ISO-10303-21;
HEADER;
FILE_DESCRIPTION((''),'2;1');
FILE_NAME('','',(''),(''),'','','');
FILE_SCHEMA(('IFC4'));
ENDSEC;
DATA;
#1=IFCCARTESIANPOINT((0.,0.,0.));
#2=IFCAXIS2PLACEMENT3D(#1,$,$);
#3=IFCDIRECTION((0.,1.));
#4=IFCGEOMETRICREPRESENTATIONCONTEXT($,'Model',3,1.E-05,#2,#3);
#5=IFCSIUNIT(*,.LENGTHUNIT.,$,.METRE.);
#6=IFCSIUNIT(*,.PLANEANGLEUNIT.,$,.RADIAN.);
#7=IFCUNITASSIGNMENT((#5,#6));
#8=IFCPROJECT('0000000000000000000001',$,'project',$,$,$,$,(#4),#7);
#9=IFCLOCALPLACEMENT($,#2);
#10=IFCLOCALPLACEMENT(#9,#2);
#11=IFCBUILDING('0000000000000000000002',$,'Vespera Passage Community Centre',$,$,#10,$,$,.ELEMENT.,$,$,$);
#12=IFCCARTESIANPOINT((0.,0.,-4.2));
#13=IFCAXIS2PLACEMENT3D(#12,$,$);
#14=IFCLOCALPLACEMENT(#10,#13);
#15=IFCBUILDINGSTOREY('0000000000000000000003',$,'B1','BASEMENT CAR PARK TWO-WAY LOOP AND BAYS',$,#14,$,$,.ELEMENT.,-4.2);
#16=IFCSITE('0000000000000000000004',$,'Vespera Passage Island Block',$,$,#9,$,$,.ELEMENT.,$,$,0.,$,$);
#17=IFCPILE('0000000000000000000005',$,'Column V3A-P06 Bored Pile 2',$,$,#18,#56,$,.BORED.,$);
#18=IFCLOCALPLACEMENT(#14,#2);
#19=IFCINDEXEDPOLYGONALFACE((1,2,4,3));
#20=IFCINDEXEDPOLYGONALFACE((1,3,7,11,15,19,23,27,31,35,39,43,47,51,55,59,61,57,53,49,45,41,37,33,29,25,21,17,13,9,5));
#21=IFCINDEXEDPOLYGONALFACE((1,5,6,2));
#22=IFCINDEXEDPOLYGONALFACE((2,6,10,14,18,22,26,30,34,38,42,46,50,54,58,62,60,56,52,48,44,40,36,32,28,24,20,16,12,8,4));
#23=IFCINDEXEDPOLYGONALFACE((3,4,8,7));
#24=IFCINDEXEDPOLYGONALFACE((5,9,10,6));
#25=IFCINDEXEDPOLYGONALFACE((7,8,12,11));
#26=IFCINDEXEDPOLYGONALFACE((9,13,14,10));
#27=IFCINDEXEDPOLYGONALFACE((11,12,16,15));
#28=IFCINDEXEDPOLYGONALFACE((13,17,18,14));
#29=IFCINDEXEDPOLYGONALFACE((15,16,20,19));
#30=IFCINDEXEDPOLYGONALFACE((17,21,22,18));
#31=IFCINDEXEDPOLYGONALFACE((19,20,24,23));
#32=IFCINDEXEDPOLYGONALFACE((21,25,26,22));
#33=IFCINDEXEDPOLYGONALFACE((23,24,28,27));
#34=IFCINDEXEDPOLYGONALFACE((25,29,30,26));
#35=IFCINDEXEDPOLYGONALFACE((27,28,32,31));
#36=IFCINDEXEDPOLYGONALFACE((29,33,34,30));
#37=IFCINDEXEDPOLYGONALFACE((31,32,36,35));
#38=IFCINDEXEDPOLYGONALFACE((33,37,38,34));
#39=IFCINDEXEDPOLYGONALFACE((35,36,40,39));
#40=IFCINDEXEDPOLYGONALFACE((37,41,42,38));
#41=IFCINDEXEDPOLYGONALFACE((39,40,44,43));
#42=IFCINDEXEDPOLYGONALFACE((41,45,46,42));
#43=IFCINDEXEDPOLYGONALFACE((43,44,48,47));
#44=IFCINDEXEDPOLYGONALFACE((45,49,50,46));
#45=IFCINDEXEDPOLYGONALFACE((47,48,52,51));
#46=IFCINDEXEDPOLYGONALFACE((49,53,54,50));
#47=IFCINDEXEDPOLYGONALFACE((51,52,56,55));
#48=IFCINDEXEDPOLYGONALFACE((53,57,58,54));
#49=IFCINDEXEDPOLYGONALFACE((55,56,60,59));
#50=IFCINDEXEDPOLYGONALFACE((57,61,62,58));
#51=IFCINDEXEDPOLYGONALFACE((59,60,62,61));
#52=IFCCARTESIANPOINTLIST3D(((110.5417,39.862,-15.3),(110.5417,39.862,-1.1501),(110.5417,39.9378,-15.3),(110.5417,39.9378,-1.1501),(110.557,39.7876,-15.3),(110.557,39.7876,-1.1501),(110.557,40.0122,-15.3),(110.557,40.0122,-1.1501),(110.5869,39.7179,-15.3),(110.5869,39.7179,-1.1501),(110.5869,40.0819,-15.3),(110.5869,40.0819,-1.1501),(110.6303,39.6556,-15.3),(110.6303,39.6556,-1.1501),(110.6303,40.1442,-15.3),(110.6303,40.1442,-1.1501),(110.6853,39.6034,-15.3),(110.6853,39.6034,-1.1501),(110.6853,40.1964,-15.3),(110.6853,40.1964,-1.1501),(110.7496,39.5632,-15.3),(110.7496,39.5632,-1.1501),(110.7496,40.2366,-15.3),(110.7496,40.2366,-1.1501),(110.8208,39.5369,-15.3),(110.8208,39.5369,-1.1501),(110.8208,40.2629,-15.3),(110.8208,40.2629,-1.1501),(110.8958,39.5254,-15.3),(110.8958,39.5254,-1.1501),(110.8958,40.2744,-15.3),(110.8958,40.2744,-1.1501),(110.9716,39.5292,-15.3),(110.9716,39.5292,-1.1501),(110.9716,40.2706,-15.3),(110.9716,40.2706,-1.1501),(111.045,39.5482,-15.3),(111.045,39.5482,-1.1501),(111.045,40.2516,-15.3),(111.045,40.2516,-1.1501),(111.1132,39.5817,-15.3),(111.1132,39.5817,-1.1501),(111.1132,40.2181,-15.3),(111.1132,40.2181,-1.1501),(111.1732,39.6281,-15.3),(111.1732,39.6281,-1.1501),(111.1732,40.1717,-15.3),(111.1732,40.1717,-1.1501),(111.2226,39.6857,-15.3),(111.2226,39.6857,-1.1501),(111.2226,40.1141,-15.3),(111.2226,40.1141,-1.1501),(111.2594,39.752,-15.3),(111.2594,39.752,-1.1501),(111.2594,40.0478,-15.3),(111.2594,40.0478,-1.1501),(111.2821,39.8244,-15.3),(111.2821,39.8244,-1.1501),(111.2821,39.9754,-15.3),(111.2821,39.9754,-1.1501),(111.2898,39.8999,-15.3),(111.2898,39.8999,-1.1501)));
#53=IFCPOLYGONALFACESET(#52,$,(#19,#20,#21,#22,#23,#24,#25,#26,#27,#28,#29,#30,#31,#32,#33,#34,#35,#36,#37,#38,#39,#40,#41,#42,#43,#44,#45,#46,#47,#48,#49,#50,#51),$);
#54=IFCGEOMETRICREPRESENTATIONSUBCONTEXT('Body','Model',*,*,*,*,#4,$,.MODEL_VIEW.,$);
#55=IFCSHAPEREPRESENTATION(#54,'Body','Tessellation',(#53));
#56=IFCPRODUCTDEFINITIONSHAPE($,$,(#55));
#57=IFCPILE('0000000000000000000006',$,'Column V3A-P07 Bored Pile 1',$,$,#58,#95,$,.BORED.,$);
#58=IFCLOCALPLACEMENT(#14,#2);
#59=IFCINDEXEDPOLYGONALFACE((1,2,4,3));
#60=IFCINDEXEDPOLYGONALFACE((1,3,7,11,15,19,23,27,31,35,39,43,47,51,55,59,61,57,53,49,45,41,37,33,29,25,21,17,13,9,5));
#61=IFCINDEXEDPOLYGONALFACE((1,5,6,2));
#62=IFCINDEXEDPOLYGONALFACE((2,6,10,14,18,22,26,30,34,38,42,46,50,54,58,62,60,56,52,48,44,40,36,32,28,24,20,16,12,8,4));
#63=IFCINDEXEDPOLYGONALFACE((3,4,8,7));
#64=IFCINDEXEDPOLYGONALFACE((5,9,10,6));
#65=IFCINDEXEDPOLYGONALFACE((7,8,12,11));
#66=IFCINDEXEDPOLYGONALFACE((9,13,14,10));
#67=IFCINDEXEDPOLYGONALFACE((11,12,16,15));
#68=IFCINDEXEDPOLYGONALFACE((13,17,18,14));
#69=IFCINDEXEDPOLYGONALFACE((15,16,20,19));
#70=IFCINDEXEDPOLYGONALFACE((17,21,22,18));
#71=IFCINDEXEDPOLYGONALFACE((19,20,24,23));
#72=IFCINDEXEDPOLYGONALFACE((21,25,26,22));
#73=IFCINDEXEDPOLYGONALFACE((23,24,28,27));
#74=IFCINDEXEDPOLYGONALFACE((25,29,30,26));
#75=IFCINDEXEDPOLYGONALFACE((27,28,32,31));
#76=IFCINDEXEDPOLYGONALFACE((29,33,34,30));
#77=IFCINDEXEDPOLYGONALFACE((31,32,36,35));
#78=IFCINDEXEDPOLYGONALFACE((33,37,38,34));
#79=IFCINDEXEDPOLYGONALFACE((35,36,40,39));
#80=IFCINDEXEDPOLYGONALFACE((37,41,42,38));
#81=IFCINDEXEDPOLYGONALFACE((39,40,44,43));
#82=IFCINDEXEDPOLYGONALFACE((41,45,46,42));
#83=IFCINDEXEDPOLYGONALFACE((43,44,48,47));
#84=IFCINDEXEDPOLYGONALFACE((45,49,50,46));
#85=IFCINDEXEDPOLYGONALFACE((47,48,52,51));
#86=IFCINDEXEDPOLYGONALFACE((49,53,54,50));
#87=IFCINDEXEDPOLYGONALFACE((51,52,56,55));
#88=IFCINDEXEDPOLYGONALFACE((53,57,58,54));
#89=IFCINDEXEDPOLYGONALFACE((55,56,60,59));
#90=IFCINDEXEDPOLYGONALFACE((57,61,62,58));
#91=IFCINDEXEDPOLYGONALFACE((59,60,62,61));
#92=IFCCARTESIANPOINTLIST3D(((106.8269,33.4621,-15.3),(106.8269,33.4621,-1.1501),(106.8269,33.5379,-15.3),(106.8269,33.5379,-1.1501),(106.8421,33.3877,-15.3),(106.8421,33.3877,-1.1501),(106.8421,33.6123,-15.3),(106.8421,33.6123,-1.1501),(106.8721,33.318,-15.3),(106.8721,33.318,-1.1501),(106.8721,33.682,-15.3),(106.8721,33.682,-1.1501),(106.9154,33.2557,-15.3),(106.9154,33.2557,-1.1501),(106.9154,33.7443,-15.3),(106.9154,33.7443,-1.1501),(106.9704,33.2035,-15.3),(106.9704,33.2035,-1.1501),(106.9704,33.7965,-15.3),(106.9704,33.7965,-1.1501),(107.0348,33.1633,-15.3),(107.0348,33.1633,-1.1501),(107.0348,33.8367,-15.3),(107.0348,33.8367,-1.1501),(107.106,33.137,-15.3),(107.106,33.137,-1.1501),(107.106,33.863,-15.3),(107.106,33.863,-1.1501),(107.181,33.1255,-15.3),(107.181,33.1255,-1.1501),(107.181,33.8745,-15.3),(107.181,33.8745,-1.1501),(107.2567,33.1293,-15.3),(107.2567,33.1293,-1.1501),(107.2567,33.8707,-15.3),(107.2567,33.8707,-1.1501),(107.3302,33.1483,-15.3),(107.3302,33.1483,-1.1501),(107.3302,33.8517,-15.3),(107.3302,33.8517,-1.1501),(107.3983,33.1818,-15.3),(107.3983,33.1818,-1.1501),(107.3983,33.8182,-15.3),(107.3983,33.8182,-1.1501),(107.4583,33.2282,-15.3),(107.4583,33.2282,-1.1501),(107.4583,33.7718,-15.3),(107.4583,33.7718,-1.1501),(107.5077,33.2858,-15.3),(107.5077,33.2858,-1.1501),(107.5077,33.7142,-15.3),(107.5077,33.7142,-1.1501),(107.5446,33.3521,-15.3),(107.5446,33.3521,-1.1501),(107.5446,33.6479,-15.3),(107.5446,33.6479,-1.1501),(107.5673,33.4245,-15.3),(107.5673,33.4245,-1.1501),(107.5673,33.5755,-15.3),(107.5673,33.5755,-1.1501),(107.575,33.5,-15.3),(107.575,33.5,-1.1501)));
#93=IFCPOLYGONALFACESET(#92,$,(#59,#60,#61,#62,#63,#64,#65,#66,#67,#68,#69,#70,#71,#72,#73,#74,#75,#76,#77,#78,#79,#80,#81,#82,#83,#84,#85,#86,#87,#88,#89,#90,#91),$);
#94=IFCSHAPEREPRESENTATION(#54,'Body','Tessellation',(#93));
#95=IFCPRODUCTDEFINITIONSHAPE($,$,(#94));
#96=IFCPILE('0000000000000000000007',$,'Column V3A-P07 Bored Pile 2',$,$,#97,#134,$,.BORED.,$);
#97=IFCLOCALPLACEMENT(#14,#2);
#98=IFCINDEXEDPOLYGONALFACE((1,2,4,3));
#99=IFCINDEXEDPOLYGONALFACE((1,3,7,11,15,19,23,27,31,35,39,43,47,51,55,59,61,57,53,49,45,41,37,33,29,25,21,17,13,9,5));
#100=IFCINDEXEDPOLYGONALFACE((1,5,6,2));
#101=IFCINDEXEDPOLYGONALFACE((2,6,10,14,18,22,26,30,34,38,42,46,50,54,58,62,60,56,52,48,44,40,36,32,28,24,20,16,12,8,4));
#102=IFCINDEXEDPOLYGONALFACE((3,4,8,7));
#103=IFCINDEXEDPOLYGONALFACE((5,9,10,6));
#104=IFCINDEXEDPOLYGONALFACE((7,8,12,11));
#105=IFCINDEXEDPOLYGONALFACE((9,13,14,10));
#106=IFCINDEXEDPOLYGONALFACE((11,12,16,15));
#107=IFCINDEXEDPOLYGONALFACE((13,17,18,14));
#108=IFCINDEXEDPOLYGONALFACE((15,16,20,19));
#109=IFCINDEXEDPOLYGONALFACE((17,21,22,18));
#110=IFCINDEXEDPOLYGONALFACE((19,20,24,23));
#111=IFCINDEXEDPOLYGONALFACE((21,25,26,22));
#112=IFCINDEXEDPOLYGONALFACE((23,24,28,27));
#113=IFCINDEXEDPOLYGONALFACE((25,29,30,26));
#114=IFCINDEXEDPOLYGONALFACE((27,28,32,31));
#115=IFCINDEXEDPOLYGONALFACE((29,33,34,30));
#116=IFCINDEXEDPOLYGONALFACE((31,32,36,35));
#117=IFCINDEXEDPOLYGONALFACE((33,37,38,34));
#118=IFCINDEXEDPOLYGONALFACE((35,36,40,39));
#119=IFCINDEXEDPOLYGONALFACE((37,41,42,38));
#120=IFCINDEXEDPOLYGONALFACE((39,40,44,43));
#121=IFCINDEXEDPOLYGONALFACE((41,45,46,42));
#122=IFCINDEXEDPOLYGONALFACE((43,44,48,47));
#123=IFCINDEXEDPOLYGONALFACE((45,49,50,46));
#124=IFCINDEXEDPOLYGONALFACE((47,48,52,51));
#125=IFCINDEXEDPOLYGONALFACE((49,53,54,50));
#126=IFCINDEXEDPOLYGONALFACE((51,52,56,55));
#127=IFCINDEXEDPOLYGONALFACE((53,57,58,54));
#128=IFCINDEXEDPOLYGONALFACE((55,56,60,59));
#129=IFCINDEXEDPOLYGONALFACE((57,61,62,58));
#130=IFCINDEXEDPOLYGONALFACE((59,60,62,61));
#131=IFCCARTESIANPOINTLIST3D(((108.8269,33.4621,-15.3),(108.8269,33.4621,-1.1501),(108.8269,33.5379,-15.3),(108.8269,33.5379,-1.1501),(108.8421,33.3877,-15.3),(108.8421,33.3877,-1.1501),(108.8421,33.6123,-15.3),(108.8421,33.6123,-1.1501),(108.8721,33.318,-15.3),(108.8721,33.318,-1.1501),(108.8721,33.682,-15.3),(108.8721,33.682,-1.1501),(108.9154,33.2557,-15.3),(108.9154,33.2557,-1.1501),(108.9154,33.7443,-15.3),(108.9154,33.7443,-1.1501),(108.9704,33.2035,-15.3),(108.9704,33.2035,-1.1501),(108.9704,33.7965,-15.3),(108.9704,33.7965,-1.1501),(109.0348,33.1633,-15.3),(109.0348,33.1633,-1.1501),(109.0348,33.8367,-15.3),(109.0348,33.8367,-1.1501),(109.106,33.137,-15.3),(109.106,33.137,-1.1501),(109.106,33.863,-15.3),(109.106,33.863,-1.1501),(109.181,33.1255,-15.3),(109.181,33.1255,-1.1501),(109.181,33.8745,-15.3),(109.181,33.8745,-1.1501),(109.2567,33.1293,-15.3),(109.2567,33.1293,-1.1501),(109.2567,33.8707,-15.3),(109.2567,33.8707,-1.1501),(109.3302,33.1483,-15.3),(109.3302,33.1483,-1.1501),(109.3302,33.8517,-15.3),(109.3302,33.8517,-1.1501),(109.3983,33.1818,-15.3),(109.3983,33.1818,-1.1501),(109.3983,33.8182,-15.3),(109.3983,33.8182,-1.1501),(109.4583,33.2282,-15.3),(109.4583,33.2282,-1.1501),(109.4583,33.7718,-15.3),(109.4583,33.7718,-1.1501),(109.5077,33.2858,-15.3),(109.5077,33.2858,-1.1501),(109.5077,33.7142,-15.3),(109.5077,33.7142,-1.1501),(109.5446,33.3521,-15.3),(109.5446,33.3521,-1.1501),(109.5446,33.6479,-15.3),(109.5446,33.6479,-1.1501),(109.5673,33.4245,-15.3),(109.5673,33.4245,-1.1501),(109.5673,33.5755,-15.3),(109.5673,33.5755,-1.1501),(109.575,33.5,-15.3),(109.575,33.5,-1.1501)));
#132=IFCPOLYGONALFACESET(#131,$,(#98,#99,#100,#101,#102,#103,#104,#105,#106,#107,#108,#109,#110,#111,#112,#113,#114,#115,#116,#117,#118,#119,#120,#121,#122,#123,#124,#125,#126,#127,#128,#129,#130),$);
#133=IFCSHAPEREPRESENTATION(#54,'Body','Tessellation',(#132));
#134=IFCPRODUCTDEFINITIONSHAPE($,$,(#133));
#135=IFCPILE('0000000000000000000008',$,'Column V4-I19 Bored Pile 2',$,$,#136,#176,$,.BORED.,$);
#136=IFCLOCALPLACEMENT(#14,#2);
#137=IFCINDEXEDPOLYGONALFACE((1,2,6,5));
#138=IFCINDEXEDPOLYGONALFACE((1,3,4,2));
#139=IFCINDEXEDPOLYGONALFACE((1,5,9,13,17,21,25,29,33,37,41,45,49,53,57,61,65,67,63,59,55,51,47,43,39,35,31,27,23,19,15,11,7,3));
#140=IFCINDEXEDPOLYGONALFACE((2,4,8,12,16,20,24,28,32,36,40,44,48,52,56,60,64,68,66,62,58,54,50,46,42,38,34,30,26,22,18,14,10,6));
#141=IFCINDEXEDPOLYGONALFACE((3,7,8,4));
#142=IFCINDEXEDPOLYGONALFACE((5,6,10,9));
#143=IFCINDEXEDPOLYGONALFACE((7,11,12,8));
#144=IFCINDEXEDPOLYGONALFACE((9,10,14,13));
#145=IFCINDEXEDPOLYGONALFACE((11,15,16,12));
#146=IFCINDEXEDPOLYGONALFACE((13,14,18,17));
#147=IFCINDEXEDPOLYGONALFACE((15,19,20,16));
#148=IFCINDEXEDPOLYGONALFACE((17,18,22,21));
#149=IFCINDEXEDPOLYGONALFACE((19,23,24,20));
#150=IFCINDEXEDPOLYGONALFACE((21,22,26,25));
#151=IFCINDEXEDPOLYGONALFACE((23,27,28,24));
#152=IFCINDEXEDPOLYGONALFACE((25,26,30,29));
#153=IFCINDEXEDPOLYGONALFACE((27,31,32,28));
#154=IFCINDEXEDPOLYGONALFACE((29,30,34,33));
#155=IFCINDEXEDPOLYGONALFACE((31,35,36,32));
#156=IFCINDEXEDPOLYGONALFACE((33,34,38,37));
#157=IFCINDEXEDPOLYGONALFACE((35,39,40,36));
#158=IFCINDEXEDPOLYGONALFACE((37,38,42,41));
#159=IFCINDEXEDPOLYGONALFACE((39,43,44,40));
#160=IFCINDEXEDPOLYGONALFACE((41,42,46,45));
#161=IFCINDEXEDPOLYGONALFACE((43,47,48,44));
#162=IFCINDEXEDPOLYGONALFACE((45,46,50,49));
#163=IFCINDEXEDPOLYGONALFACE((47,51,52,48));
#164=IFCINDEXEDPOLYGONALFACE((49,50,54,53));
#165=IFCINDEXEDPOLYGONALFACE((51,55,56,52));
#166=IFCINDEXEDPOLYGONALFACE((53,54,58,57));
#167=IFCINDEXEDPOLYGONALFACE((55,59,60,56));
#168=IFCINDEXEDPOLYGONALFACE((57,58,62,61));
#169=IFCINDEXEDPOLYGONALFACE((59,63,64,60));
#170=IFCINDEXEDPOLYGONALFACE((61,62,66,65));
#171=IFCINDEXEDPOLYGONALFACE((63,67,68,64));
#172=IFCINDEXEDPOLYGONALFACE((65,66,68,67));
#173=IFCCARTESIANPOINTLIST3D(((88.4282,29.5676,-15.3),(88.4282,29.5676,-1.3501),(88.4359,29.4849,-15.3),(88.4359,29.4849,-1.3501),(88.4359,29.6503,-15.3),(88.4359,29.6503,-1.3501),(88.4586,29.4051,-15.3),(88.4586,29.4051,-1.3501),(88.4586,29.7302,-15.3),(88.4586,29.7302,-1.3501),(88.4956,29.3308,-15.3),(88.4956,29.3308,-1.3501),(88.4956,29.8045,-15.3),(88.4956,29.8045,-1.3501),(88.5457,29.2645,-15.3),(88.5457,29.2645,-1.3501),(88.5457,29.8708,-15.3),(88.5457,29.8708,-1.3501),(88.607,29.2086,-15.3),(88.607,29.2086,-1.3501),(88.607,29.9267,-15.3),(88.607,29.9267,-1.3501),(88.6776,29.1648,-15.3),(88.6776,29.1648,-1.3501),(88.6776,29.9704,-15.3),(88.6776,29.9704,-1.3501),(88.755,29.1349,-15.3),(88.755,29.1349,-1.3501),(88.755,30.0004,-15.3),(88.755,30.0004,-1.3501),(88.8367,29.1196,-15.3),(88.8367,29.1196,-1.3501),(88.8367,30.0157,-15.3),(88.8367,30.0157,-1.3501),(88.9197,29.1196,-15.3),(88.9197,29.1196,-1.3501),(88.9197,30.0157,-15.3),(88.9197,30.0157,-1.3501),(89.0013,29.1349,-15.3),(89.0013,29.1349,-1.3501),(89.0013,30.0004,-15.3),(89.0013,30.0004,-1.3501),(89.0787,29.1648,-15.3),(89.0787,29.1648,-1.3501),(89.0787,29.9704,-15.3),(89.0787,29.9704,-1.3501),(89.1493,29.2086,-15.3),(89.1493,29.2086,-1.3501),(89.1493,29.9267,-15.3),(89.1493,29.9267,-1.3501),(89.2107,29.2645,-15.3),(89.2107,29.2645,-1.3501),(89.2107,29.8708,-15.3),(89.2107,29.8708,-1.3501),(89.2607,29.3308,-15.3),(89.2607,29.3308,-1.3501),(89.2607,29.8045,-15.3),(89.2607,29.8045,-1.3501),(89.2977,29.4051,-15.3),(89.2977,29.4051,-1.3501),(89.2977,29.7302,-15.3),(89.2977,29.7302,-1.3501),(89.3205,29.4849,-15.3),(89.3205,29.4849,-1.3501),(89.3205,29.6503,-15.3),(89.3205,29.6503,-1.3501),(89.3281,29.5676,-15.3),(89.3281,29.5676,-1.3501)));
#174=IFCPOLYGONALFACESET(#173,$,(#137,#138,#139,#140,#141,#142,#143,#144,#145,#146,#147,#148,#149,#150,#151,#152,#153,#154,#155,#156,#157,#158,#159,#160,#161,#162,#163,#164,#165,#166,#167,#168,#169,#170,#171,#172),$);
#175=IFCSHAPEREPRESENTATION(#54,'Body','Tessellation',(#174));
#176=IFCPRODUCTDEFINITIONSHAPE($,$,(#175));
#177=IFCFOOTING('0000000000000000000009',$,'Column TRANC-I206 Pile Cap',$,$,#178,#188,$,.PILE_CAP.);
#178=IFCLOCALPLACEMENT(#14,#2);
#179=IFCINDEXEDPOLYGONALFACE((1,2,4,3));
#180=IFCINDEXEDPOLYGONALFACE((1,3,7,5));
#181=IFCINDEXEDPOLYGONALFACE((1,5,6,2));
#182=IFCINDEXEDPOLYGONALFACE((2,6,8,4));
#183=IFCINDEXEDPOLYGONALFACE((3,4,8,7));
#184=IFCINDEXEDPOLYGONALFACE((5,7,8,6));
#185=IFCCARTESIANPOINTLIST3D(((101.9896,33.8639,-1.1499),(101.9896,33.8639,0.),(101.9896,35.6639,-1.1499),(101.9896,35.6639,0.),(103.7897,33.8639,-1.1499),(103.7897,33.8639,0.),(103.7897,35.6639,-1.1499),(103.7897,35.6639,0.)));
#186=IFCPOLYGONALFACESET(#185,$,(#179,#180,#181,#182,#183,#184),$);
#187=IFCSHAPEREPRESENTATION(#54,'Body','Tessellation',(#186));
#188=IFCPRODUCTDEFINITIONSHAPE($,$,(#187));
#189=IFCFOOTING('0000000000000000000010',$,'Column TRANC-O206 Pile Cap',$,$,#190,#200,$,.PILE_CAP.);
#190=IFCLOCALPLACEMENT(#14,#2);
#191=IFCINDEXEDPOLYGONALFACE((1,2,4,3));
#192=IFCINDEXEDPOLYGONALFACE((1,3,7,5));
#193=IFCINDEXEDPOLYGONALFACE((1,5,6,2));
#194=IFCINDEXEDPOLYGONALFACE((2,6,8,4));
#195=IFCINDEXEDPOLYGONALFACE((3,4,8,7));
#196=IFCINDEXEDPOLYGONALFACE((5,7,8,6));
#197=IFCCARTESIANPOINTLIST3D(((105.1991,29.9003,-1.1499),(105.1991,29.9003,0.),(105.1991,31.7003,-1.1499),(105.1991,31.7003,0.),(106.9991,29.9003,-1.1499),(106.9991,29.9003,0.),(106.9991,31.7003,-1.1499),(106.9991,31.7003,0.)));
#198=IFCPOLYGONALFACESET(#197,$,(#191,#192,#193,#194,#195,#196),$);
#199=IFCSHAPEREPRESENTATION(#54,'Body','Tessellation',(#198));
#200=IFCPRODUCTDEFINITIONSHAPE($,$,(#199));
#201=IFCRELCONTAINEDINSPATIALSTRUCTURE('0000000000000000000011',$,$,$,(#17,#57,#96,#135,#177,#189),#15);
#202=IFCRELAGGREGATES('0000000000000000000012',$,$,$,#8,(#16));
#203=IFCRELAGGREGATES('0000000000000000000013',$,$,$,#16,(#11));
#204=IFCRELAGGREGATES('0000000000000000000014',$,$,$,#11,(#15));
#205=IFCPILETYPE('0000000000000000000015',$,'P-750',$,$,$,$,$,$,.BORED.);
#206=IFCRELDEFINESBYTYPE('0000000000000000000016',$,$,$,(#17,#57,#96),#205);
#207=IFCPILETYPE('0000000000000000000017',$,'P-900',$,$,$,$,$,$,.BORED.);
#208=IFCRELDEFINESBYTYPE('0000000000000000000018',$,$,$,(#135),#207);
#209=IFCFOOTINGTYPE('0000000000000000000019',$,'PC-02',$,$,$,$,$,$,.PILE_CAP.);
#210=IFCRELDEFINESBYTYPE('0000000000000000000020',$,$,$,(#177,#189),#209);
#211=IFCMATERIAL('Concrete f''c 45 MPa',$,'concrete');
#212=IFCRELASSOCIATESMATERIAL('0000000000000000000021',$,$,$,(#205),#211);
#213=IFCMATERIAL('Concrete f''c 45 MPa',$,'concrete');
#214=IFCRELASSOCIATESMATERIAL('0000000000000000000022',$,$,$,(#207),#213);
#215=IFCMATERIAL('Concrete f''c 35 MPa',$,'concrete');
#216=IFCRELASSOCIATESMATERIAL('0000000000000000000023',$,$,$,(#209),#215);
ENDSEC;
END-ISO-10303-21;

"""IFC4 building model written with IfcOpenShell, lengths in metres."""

from ifc_helpers import new_model, si_unit, direction, frame, origin, origin_2d, place, context, subcontext, project, spatial, rectangle, circle, extrude, material, material_profile, profile_set, type_object, element, save


model = new_model("IFC4")

# Units and contexts
model_context = context("Model", 3, precision=1e-05, world=origin(), true_north=direction((0.0, 1.0)))
body_context = subcontext(model_context, "Body", "Model", "MODEL_VIEW")
ifc_project = project(units=[si_unit("LENGTHUNIT", "METRE"), si_unit("PLANEANGLEUNIT", "RADIAN")], contexts=[model_context])

# Site, building, storey
site_placement = place(None, origin())
site = spatial("IfcSite", under=ifc_project, at=site_placement, Name="Vespera Passage Island Block", CompositionType="ELEMENT", RefElevation=0.0)
building_placement = place(site_placement, origin())
building = spatial("IfcBuilding", under=site, at=building_placement, Name="Vespera Passage Community Centre", CompositionType="ELEMENT")
storey_placement = place(building_placement, frame((0.0, 0.0, -4.2)))
storey = spatial("IfcBuildingStorey", under=building, at=storey_placement, Name="B1", Description="BASEMENT CAR PARK TWO-WAY LOOP AND BAYS", CompositionType="ELEMENT", Elevation=-4.2)

# Piles
ifc_material_1 = material(Name="Concrete f'c 45 MPa", Category="concrete")
ifc_material_profile_1 = material_profile(ifc_material_1, circle(Radius=0.375, at=origin_2d()), Name="PILE750DIA")
ifc_profile_set_1 = profile_set([ifc_material_profile_1], Name="Concrete f'c 45 MPa")
pile_type_1 = type_object("IfcPileType", Name="P-750", PredefinedType="BORED", material=ifc_profile_set_1)
for number, where, z_axis, x_axis, name in (
    (1, (110.9148, 39.8999, -1.1501), (0.0, 0.0, -1.0), (1.0, 0.0, 0.0), "Column V3A-P06 Bored Pile 2"),
    (2, (107.2, 33.5, -1.1501), (0.0, 0.0, -1.0), (1.0, 0.0, 0.0), "Column V3A-P07 Bored Pile 1"),
    (3, (109.2, 33.5, -1.1501), (0.0, 0.0, -1.0), (1.0, 0.0, 0.0), "Column V3A-P07 Bored Pile 2"),
):
    element("IfcPile", number, at=place(storey_placement, frame(where, z_axis=z_axis, x_axis=x_axis)), inside=storey, type_object=pile_type_1, Name=name, PredefinedType="BORED", context=body_context, shape_type="SweptSolid", body=[
        extrude(circle(Radius=0.375, at=origin_2d()), origin(), (0.0, 0.0, 1.0), 14.1499),
    ])
ifc_material_2 = material(Name="Concrete f'c 45 MPa", Category="concrete")
ifc_material_profile_2 = material_profile(ifc_material_2, circle(Radius=0.45, at=origin_2d()), Name="PILE900DIA")
ifc_profile_set_2 = profile_set([ifc_material_profile_2], Name="Concrete f'c 45 MPa")
pile_type_2 = type_object("IfcPileType", Name="P-900", PredefinedType="BORED", material=ifc_profile_set_2)
pile_placement = place(storey_placement, frame((88.8782, 29.5676, -1.3501), z_axis=(0.0, 0.0, -1.0), x_axis=(1.0, 0.0, 0.0)))
element("IfcPile", 4, at=pile_placement, inside=storey, type_object=pile_type_2, Name="Column V4-I19 Bored Pile 2", PredefinedType="BORED", context=body_context, shape_type="SweptSolid", body=[
    extrude(circle(Radius=0.45, at=origin_2d()), origin(), (0.0, 0.0, 1.0), 13.95),
])

# Footings
ifc_material_3 = material(Name="Concrete f'c 35 MPa", Category="concrete")
footing_type_1 = type_object("IfcFootingType", Name="PC-02", PredefinedType="PILE_CAP", material=ifc_material_3)
for number, where, z_axis, x_axis, name in (
    (5, (102.8896, 34.7639, -1.1499), (0.0, 0.0, 1.0), (1.0, 0.0, 0.0), "Column TRANC-I206 Pile Cap"),
    (6, (106.0991, 30.8003, -1.1499), (0.0, 0.0, 1.0), (1.0, 0.0, 0.0), "Column TRANC-O206 Pile Cap"),
):
    element("IfcFooting", number, at=place(storey_placement, frame(where, z_axis=z_axis, x_axis=x_axis)), inside=storey, type_object=footing_type_1, Name=name, PredefinedType="PILE_CAP", context=body_context, shape_type="SweptSolid", body=[
        extrude(rectangle(XDim=1.8, YDim=1.8, at=origin_2d()), origin(), (0.0, 0.0, 1.0), 1.1499),
    ])

save(model, "model.ifc")
